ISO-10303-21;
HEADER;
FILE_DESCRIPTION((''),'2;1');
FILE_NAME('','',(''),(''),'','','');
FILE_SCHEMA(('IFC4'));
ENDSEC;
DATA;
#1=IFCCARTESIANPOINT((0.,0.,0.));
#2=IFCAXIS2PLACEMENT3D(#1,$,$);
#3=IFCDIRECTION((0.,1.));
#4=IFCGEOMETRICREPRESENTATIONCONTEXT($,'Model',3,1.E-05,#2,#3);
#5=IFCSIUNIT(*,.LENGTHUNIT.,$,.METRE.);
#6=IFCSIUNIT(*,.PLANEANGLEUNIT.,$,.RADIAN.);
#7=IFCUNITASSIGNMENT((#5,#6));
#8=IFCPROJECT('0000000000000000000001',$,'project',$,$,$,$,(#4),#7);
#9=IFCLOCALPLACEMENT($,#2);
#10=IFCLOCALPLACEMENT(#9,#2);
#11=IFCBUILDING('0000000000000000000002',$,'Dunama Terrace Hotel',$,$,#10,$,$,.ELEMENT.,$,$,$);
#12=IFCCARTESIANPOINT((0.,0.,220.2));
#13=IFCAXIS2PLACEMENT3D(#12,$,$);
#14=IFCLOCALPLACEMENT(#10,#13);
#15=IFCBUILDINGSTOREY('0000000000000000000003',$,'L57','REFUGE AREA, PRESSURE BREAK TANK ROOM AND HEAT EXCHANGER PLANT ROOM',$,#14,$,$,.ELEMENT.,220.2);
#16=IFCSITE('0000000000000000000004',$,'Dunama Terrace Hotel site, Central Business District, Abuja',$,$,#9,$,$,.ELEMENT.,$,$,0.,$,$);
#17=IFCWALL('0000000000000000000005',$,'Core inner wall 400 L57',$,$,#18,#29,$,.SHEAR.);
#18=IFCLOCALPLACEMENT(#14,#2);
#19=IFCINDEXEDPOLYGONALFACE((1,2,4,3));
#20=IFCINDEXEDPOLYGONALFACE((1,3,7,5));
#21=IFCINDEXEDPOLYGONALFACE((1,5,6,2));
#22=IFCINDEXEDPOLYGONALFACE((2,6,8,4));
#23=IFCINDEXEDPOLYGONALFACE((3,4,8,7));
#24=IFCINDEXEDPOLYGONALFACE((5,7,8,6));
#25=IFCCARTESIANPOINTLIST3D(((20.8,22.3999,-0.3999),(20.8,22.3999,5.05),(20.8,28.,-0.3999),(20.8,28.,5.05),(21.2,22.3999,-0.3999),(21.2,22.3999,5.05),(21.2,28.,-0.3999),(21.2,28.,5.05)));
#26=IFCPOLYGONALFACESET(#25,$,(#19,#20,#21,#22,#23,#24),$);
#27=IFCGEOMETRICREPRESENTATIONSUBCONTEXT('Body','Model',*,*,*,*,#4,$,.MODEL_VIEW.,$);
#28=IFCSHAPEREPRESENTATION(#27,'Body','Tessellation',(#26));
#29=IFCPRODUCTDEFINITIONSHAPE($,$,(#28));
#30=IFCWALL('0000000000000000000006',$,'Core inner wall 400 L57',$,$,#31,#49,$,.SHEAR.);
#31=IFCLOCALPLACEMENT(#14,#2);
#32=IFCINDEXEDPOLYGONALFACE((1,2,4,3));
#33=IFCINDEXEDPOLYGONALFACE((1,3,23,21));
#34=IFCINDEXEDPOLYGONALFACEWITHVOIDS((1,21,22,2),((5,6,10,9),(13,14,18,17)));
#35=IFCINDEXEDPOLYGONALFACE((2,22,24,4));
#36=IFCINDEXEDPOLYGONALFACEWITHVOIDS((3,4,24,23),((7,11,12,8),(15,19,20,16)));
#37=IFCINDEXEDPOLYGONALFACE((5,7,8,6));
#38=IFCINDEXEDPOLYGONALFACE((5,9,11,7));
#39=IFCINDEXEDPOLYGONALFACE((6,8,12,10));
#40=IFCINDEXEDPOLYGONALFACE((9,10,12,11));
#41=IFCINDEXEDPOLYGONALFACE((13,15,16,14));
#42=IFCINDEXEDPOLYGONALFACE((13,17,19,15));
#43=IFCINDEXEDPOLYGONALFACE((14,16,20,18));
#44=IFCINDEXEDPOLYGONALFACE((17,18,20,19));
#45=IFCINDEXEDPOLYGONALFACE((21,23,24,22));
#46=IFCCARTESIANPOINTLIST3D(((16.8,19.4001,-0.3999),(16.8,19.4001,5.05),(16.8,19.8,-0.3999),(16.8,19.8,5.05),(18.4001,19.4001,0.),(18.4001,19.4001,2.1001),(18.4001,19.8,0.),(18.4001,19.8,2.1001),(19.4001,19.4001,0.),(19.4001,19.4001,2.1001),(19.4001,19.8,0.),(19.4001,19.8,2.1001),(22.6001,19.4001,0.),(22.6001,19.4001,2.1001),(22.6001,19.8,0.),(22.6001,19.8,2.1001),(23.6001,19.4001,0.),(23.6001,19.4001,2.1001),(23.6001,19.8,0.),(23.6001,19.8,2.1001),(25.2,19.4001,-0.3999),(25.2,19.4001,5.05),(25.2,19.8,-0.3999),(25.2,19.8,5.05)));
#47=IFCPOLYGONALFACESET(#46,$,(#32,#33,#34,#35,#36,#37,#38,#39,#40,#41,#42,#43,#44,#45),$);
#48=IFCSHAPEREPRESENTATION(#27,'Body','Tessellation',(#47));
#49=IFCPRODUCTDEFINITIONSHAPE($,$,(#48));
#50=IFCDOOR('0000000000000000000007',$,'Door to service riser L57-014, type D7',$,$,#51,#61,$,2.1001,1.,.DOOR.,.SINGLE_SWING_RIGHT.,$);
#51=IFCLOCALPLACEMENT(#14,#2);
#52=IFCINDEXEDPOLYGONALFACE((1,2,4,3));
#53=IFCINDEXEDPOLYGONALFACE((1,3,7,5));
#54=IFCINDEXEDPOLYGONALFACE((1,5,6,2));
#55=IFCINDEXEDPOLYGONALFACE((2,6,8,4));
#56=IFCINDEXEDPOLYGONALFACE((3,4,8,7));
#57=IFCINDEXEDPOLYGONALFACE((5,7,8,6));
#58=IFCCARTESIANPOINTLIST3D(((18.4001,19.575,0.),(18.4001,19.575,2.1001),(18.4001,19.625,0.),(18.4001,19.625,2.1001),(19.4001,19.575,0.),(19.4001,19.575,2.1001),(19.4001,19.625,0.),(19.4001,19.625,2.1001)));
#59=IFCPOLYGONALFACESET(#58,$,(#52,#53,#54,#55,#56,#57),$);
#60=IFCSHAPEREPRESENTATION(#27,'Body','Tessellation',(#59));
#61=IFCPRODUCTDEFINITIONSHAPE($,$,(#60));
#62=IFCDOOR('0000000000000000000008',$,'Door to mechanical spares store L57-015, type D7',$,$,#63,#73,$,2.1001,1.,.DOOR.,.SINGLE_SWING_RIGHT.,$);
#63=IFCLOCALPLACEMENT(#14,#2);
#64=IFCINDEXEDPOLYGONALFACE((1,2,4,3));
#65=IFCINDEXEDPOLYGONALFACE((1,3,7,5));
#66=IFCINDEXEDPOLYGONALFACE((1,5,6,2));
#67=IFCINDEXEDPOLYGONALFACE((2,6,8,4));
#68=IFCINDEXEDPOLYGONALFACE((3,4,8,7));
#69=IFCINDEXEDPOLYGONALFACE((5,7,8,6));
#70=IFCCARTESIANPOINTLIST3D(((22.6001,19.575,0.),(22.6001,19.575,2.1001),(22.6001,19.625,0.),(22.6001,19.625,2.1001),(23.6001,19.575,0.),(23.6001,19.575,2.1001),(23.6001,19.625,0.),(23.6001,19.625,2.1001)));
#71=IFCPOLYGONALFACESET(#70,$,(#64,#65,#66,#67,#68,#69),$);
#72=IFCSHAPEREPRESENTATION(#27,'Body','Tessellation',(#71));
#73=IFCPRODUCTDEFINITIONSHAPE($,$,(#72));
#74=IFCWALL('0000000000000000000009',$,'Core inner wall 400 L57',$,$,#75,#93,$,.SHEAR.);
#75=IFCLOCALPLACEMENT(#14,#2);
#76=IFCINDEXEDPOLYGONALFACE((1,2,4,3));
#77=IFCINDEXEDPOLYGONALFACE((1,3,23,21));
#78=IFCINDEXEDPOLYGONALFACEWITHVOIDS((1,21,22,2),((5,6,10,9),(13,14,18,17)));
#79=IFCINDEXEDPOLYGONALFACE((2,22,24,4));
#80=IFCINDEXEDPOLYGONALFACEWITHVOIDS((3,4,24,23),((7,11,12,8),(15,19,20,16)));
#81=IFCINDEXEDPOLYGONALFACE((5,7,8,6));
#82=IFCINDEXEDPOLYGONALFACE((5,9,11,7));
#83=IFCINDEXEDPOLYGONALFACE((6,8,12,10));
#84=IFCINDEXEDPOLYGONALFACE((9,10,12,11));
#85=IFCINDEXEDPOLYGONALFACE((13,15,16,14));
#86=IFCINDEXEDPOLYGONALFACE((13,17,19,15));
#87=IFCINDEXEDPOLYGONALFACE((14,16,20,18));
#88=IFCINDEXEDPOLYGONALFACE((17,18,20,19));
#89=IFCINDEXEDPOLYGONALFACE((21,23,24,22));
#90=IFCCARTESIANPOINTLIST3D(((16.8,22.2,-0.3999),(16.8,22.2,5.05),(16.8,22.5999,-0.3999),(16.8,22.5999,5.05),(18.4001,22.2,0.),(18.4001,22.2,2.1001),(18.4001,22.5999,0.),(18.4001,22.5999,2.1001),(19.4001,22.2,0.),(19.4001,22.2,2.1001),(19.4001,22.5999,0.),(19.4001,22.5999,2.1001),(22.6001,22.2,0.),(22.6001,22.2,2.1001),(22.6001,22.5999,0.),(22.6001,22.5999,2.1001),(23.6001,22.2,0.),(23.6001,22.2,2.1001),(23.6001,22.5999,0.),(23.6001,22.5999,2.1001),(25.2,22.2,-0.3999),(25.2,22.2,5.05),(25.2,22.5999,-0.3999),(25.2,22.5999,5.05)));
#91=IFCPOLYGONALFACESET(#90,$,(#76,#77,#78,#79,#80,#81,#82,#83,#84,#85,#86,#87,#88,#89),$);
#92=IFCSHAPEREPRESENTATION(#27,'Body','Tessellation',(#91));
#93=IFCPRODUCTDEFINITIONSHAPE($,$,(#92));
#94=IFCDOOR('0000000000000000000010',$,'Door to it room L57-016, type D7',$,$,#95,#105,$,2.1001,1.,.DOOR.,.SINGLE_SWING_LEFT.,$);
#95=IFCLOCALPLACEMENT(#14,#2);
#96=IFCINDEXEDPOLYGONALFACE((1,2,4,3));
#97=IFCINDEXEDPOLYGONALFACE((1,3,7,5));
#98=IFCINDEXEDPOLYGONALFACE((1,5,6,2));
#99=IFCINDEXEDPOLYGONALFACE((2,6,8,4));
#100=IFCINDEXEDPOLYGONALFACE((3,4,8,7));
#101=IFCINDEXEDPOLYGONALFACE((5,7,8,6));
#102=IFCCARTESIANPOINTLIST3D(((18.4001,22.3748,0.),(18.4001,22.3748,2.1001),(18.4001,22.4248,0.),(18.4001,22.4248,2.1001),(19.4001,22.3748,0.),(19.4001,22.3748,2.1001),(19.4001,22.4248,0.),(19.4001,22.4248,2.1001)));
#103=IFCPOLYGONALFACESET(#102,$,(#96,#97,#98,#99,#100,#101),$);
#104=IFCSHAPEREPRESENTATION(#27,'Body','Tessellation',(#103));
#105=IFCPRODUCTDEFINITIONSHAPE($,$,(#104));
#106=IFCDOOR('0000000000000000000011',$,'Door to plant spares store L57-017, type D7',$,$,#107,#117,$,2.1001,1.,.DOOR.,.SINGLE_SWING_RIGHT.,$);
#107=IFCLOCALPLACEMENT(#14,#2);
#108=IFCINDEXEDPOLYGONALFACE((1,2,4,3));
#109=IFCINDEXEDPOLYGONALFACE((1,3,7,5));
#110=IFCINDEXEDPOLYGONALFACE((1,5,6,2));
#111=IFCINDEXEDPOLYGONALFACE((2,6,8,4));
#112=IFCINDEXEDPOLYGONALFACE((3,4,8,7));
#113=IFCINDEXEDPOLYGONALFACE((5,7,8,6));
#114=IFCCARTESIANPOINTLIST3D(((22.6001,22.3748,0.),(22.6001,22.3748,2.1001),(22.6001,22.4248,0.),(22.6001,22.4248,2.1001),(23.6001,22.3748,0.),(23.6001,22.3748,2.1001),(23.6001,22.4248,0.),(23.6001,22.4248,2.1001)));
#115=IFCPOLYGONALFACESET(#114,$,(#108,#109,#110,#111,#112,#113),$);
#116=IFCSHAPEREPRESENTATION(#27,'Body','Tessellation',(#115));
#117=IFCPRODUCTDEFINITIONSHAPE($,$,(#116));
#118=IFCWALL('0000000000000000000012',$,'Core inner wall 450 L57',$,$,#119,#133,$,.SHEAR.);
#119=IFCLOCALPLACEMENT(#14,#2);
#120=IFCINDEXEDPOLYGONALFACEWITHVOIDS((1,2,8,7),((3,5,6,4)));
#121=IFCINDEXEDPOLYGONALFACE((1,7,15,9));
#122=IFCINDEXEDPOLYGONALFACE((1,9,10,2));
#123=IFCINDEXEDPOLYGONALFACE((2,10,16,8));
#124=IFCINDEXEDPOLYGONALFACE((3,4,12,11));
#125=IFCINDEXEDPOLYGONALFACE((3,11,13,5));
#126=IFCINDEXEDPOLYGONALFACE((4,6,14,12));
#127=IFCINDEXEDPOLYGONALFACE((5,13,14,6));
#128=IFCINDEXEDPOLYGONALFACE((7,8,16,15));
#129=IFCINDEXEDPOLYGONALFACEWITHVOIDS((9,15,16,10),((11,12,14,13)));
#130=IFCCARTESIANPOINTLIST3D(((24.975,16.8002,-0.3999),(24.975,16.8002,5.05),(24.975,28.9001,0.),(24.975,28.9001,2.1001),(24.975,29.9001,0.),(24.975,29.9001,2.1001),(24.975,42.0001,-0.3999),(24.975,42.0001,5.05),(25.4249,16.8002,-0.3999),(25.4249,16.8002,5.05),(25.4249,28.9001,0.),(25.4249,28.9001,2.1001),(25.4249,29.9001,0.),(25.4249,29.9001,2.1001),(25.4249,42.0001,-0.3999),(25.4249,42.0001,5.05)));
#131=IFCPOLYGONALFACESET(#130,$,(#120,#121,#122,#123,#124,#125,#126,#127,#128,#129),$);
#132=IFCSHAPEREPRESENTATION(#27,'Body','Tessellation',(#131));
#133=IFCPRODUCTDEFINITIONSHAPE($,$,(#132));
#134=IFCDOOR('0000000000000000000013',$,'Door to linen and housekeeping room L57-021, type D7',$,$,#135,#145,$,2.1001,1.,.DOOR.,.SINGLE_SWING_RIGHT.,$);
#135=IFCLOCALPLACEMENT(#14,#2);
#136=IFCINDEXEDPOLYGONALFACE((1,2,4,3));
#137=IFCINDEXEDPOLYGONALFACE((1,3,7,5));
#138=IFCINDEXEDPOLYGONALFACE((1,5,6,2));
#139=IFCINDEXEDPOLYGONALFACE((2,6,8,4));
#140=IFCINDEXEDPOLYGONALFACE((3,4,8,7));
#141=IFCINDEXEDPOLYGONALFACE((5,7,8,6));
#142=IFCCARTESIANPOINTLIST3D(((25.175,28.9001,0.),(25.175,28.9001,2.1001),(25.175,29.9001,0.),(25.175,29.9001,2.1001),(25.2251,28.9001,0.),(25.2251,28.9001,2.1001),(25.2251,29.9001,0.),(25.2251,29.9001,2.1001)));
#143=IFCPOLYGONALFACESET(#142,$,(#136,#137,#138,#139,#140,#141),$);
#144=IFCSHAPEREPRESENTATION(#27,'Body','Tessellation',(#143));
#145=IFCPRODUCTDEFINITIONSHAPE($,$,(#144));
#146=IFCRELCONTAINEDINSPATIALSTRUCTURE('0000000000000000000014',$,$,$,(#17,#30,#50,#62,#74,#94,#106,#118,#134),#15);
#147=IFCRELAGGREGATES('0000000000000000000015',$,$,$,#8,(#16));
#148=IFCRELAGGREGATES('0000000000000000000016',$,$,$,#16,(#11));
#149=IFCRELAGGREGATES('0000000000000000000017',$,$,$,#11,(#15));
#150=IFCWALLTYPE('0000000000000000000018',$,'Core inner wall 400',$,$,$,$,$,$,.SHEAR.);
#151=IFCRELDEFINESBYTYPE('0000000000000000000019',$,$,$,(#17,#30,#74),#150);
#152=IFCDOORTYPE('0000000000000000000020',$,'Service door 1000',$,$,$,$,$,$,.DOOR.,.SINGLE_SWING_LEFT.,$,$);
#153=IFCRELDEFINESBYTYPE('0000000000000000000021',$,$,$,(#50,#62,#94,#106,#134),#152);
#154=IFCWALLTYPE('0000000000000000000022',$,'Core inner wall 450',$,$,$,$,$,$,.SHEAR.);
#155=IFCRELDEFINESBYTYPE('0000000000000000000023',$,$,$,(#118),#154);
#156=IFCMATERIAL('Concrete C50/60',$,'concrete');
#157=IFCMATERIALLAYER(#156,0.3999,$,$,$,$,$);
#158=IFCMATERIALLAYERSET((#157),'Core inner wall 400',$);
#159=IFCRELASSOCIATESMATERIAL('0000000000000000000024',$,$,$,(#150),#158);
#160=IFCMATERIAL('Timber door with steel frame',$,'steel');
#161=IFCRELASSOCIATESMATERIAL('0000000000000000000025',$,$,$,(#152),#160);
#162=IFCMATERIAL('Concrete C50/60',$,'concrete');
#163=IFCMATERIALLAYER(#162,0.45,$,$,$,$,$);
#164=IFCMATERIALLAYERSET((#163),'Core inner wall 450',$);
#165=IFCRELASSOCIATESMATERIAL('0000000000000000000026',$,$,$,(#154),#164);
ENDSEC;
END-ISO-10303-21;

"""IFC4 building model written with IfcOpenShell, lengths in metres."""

from ifc_helpers import new_model, si_unit, direction, frame, frame_2d, origin, place, context, subcontext, project, spatial, rectangle, extrude, material, layer, layer_set, type_object, element, fill, save


model = new_model("IFC4")

# Units and contexts
model_context = context("Model", 3, precision=1e-05, world=origin(), true_north=direction((0.0, 1.0)))
body_context = subcontext(model_context, "Body", "Model", "MODEL_VIEW")
ifc_project = project(units=[si_unit("LENGTHUNIT", "METRE"), si_unit("PLANEANGLEUNIT", "RADIAN")], contexts=[model_context])

# Site, building, storey
site_placement = place(None, origin())
site = spatial("IfcSite", under=ifc_project, at=site_placement, Name="Dunama Terrace Hotel site, Central Business District, Abuja", CompositionType="ELEMENT", RefElevation=0.0)
building_placement = place(site_placement, origin())
building = spatial("IfcBuilding", under=site, at=building_placement, Name="Dunama Terrace Hotel", CompositionType="ELEMENT")
storey_placement = place(building_placement, frame((0.0, 0.0, 220.2)))
storey = spatial("IfcBuildingStorey", under=building, at=storey_placement, Name="L57", Description="REFUGE AREA, PRESSURE BREAK TANK ROOM AND HEAT EXCHANGER PLANT ROOM", CompositionType="ELEMENT", Elevation=220.2)

# Wall
ifc_material_1 = material(Name="Concrete C50/60", Category="concrete")
ifc_layer_1 = layer(ifc_material_1, 0.3999)
ifc_layer_set_1 = layer_set([ifc_layer_1], Name="Core inner wall 400")
wall_type_1 = type_object("IfcWallType", Name="Core inner wall 400", PredefinedType="SHEAR", material=ifc_layer_set_1)
wall_1_placement = place(storey_placement, frame((21.0, 22.3999, -0.3999), z_axis=(0.0, 0.0, 1.0), x_axis=(0.0, 1.0, 0.0)))
element("IfcWall", 1, at=wall_1_placement, inside=storey, type_object=wall_type_1, Name="Core inner wall 400 L57", PredefinedType="SHEAR", context=body_context, shape_type="SweptSolid", body=[
    extrude(rectangle(XDim=5.6001, YDim=0.3999, at=frame_2d((2.8, 0.0))), origin(), (0.0, 0.0, 1.0), 5.45),
])

# Walls, openings, doors
wall_2_placement = place(storey_placement, frame((16.8, 19.6001, -0.3999), z_axis=(0.0, 0.0, 1.0), x_axis=(1.0, 0.0, 0.0)))
wall_2 = element("IfcWall", 2, at=wall_2_placement, inside=storey, type_object=wall_type_1, Name="Core inner wall 400 L57", PredefinedType="SHEAR", context=body_context, shape_type="SweptSolid", body=[
    extrude(rectangle(XDim=8.3999, YDim=0.3999, at=frame_2d((4.2, 0.0))), origin(), (0.0, 0.0, 1.0), 5.45),
])
opening_1_placement = place(wall_2_placement, frame((1.6001, 0.0, 0.3999)))
opening_1 = element("IfcOpeningElement", 3, at=opening_1_placement, cuts=wall_2, PredefinedType="OPENING", context=body_context, shape_type="SweptSolid", body=[
    extrude(rectangle(XDim=1.0, YDim=2.1001, at=frame_2d((0.5, 1.05))), frame((0.0, 0.21, 0.0), z_axis=(0.0, -1.0, 0.0), x_axis=(1.0, 0.0, 0.0)), (0.0, 0.0, 1.0), 0.4199),
])
opening_2_placement = place(wall_2_placement, frame((5.8, 0.0, 0.3999)))
opening_2 = element("IfcOpeningElement", 4, at=opening_2_placement, cuts=wall_2, PredefinedType="OPENING", context=body_context, shape_type="SweptSolid", body=[
    extrude(rectangle(XDim=1.0, YDim=2.1001, at=frame_2d((0.5, 1.05))), frame((0.0, 0.21, 0.0), z_axis=(0.0, -1.0, 0.0), x_axis=(1.0, 0.0, 0.0)), (0.0, 0.0, 1.0), 0.4199),
])
ifc_material_2 = material(Name="Timber door with steel frame", Category="steel")
door_type = type_object("IfcDoorType", Name="Service door 1000", OperationType="SINGLE_SWING_LEFT", PredefinedType="DOOR", material=ifc_material_2)
door_1_placement = place(opening_1_placement, frame((1.0, 0.0, 0.0), z_axis=(0.0, 0.0, 1.0), x_axis=(-1.0, 0.0, 0.0)))
door_1 = element("IfcDoor", 5, at=door_1_placement, inside=storey, type_object=door_type, Name="Door to service riser L57-014, type D7", OperationType="SINGLE_SWING_RIGHT", OverallHeight=2.1001, OverallWidth=1.0, PredefinedType="DOOR", context=body_context, shape_type="SweptSolid", body=[
    extrude(rectangle(XDim=1.0, YDim=2.1001, at=frame_2d((0.5, 1.05))), frame((0.0, 0.0251, 0.0), z_axis=(0.0, -1.0, 0.0), x_axis=(1.0, 0.0, 0.0)), (0.0, 0.0, 1.0), 0.05),
])
fill(opening_1, door_1)
door_2_placement = place(opening_2_placement, frame((1.0, 0.0, 0.0), z_axis=(0.0, 0.0, 1.0), x_axis=(-1.0, 0.0, 0.0)))
door_2 = element("IfcDoor", 6, at=door_2_placement, inside=storey, type_object=door_type, Name="Door to mechanical spares store L57-015, type D7", OperationType="SINGLE_SWING_RIGHT", OverallHeight=2.1001, OverallWidth=1.0, PredefinedType="DOOR", context=body_context, shape_type="SweptSolid", body=[
    extrude(rectangle(XDim=1.0, YDim=2.1001, at=frame_2d((0.5, 1.05))), frame((0.0, 0.0251, 0.0), z_axis=(0.0, -1.0, 0.0), x_axis=(1.0, 0.0, 0.0)), (0.0, 0.0, 1.0), 0.05),
])
fill(opening_2, door_2)
wall_3_placement = place(storey_placement, frame((16.8, 22.3999, -0.3999), z_axis=(0.0, 0.0, 1.0), x_axis=(1.0, 0.0, 0.0)))
wall_3 = element("IfcWall", 7, at=wall_3_placement, inside=storey, type_object=wall_type_1, Name="Core inner wall 400 L57", PredefinedType="SHEAR", context=body_context, shape_type="SweptSolid", body=[
    extrude(rectangle(XDim=8.3999, YDim=0.3999, at=frame_2d((4.2, 0.0))), origin(), (0.0, 0.0, 1.0), 5.45),
])
opening_3_placement = place(wall_3_placement, frame((1.6001, 0.0, 0.3999)))
opening_3 = element("IfcOpeningElement", 8, at=opening_3_placement, cuts=wall_3, PredefinedType="OPENING", context=body_context, shape_type="SweptSolid", body=[
    extrude(rectangle(XDim=1.0, YDim=2.1001, at=frame_2d((0.5, 1.05))), frame((0.0, 0.21, 0.0), z_axis=(0.0, -1.0, 0.0), x_axis=(1.0, 0.0, 0.0)), (0.0, 0.0, 1.0), 0.4199),
])
opening_4_placement = place(wall_3_placement, frame((5.8, 0.0, 0.3999)))
opening_4 = element("IfcOpeningElement", 9, at=opening_4_placement, cuts=wall_3, PredefinedType="OPENING", context=body_context, shape_type="SweptSolid", body=[
    extrude(rectangle(XDim=1.0, YDim=2.1001, at=frame_2d((0.5, 1.05))), frame((0.0, 0.21, 0.0), z_axis=(0.0, -1.0, 0.0), x_axis=(1.0, 0.0, 0.0)), (0.0, 0.0, 1.0), 0.4199),
])
door_3_placement = place(opening_3_placement, origin())
door_3 = element("IfcDoor", 10, at=door_3_placement, inside=storey, type_object=door_type, Name="Door to it room L57-016, type D7", OperationType="SINGLE_SWING_LEFT", OverallHeight=2.1001, OverallWidth=1.0, PredefinedType="DOOR", context=body_context, shape_type="SweptSolid", body=[
    extrude(rectangle(XDim=1.0, YDim=2.1001, at=frame_2d((0.5, 1.05))), frame((0.0, 0.0249, 0.0), z_axis=(0.0, -1.0, 0.0), x_axis=(1.0, 0.0, 0.0)), (0.0, 0.0, 1.0), 0.05),
])
fill(opening_3, door_3)
door_4_placement = place(opening_4_placement, origin())
door_4 = element("IfcDoor", 11, at=door_4_placement, inside=storey, type_object=door_type, Name="Door to plant spares store L57-017, type D7", OperationType="SINGLE_SWING_RIGHT", OverallHeight=2.1001, OverallWidth=1.0, PredefinedType="DOOR", context=body_context, shape_type="SweptSolid", body=[
    extrude(rectangle(XDim=1.0, YDim=2.1001, at=frame_2d((0.5, 1.05))), frame((0.0, 0.0249, 0.0), z_axis=(0.0, -1.0, 0.0), x_axis=(1.0, 0.0, 0.0)), (0.0, 0.0, 1.0), 0.05),
])
fill(opening_4, door_4)

# Wall, opening, door
ifc_material_3 = material(Name="Concrete C50/60", Category="concrete")
ifc_layer_2 = layer(ifc_material_3, 0.45)
ifc_layer_set_2 = layer_set([ifc_layer_2], Name="Core inner wall 450")
wall_type_2 = type_object("IfcWallType", Name="Core inner wall 450", PredefinedType="SHEAR", material=ifc_layer_set_2)
wall_4_placement = place(storey_placement, frame((25.2, 16.8, -0.3999), z_axis=(0.0, 0.0, 1.0), x_axis=(0.0, 1.0, 0.0)))
wall_4 = element("IfcWall", 12, at=wall_4_placement, inside=storey, type_object=wall_type_2, Name="Core inner wall 450 L57", PredefinedType="SHEAR", context=body_context, shape_type="SweptSolid", body=[
    extrude(rectangle(XDim=25.2, YDim=0.45, at=frame_2d((12.6001, 0.0))), origin(), (0.0, 0.0, 1.0), 5.45),
])
opening_5_placement = place(wall_4_placement, frame((12.1001, 0.0, 0.3999)))
opening_5 = element("IfcOpeningElement", 13, at=opening_5_placement, cuts=wall_4, PredefinedType="OPENING", context=body_context, shape_type="SweptSolid", body=[
    extrude(rectangle(XDim=1.0, YDim=2.1001, at=frame_2d((0.5, 1.05))), frame((0.0, 0.2349, 0.0), z_axis=(0.0, -1.0, 0.0), x_axis=(1.0, 0.0, 0.0)), (0.0, 0.0, 1.0), 0.47),
])
door_5_placement = place(opening_5_placement, frame((1.0, 0.0, 0.0), z_axis=(0.0, 0.0, 1.0), x_axis=(-1.0, 0.0, 0.0)))
door_5 = element("IfcDoor", 14, at=door_5_placement, inside=storey, type_object=door_type, Name="Door to linen and housekeeping room L57-021, type D7", OperationType="SINGLE_SWING_RIGHT", OverallHeight=2.1001, OverallWidth=1.0, PredefinedType="DOOR", context=body_context, shape_type="SweptSolid", body=[
    extrude(rectangle(XDim=1.0, YDim=2.1001, at=frame_2d((0.5, 1.05))), frame((0.0, 0.0251, 0.0), z_axis=(0.0, -1.0, 0.0), x_axis=(1.0, 0.0, 0.0)), (0.0, 0.0, 1.0), 0.05),
])
fill(opening_5, door_5)

save(model, "model.ifc")
